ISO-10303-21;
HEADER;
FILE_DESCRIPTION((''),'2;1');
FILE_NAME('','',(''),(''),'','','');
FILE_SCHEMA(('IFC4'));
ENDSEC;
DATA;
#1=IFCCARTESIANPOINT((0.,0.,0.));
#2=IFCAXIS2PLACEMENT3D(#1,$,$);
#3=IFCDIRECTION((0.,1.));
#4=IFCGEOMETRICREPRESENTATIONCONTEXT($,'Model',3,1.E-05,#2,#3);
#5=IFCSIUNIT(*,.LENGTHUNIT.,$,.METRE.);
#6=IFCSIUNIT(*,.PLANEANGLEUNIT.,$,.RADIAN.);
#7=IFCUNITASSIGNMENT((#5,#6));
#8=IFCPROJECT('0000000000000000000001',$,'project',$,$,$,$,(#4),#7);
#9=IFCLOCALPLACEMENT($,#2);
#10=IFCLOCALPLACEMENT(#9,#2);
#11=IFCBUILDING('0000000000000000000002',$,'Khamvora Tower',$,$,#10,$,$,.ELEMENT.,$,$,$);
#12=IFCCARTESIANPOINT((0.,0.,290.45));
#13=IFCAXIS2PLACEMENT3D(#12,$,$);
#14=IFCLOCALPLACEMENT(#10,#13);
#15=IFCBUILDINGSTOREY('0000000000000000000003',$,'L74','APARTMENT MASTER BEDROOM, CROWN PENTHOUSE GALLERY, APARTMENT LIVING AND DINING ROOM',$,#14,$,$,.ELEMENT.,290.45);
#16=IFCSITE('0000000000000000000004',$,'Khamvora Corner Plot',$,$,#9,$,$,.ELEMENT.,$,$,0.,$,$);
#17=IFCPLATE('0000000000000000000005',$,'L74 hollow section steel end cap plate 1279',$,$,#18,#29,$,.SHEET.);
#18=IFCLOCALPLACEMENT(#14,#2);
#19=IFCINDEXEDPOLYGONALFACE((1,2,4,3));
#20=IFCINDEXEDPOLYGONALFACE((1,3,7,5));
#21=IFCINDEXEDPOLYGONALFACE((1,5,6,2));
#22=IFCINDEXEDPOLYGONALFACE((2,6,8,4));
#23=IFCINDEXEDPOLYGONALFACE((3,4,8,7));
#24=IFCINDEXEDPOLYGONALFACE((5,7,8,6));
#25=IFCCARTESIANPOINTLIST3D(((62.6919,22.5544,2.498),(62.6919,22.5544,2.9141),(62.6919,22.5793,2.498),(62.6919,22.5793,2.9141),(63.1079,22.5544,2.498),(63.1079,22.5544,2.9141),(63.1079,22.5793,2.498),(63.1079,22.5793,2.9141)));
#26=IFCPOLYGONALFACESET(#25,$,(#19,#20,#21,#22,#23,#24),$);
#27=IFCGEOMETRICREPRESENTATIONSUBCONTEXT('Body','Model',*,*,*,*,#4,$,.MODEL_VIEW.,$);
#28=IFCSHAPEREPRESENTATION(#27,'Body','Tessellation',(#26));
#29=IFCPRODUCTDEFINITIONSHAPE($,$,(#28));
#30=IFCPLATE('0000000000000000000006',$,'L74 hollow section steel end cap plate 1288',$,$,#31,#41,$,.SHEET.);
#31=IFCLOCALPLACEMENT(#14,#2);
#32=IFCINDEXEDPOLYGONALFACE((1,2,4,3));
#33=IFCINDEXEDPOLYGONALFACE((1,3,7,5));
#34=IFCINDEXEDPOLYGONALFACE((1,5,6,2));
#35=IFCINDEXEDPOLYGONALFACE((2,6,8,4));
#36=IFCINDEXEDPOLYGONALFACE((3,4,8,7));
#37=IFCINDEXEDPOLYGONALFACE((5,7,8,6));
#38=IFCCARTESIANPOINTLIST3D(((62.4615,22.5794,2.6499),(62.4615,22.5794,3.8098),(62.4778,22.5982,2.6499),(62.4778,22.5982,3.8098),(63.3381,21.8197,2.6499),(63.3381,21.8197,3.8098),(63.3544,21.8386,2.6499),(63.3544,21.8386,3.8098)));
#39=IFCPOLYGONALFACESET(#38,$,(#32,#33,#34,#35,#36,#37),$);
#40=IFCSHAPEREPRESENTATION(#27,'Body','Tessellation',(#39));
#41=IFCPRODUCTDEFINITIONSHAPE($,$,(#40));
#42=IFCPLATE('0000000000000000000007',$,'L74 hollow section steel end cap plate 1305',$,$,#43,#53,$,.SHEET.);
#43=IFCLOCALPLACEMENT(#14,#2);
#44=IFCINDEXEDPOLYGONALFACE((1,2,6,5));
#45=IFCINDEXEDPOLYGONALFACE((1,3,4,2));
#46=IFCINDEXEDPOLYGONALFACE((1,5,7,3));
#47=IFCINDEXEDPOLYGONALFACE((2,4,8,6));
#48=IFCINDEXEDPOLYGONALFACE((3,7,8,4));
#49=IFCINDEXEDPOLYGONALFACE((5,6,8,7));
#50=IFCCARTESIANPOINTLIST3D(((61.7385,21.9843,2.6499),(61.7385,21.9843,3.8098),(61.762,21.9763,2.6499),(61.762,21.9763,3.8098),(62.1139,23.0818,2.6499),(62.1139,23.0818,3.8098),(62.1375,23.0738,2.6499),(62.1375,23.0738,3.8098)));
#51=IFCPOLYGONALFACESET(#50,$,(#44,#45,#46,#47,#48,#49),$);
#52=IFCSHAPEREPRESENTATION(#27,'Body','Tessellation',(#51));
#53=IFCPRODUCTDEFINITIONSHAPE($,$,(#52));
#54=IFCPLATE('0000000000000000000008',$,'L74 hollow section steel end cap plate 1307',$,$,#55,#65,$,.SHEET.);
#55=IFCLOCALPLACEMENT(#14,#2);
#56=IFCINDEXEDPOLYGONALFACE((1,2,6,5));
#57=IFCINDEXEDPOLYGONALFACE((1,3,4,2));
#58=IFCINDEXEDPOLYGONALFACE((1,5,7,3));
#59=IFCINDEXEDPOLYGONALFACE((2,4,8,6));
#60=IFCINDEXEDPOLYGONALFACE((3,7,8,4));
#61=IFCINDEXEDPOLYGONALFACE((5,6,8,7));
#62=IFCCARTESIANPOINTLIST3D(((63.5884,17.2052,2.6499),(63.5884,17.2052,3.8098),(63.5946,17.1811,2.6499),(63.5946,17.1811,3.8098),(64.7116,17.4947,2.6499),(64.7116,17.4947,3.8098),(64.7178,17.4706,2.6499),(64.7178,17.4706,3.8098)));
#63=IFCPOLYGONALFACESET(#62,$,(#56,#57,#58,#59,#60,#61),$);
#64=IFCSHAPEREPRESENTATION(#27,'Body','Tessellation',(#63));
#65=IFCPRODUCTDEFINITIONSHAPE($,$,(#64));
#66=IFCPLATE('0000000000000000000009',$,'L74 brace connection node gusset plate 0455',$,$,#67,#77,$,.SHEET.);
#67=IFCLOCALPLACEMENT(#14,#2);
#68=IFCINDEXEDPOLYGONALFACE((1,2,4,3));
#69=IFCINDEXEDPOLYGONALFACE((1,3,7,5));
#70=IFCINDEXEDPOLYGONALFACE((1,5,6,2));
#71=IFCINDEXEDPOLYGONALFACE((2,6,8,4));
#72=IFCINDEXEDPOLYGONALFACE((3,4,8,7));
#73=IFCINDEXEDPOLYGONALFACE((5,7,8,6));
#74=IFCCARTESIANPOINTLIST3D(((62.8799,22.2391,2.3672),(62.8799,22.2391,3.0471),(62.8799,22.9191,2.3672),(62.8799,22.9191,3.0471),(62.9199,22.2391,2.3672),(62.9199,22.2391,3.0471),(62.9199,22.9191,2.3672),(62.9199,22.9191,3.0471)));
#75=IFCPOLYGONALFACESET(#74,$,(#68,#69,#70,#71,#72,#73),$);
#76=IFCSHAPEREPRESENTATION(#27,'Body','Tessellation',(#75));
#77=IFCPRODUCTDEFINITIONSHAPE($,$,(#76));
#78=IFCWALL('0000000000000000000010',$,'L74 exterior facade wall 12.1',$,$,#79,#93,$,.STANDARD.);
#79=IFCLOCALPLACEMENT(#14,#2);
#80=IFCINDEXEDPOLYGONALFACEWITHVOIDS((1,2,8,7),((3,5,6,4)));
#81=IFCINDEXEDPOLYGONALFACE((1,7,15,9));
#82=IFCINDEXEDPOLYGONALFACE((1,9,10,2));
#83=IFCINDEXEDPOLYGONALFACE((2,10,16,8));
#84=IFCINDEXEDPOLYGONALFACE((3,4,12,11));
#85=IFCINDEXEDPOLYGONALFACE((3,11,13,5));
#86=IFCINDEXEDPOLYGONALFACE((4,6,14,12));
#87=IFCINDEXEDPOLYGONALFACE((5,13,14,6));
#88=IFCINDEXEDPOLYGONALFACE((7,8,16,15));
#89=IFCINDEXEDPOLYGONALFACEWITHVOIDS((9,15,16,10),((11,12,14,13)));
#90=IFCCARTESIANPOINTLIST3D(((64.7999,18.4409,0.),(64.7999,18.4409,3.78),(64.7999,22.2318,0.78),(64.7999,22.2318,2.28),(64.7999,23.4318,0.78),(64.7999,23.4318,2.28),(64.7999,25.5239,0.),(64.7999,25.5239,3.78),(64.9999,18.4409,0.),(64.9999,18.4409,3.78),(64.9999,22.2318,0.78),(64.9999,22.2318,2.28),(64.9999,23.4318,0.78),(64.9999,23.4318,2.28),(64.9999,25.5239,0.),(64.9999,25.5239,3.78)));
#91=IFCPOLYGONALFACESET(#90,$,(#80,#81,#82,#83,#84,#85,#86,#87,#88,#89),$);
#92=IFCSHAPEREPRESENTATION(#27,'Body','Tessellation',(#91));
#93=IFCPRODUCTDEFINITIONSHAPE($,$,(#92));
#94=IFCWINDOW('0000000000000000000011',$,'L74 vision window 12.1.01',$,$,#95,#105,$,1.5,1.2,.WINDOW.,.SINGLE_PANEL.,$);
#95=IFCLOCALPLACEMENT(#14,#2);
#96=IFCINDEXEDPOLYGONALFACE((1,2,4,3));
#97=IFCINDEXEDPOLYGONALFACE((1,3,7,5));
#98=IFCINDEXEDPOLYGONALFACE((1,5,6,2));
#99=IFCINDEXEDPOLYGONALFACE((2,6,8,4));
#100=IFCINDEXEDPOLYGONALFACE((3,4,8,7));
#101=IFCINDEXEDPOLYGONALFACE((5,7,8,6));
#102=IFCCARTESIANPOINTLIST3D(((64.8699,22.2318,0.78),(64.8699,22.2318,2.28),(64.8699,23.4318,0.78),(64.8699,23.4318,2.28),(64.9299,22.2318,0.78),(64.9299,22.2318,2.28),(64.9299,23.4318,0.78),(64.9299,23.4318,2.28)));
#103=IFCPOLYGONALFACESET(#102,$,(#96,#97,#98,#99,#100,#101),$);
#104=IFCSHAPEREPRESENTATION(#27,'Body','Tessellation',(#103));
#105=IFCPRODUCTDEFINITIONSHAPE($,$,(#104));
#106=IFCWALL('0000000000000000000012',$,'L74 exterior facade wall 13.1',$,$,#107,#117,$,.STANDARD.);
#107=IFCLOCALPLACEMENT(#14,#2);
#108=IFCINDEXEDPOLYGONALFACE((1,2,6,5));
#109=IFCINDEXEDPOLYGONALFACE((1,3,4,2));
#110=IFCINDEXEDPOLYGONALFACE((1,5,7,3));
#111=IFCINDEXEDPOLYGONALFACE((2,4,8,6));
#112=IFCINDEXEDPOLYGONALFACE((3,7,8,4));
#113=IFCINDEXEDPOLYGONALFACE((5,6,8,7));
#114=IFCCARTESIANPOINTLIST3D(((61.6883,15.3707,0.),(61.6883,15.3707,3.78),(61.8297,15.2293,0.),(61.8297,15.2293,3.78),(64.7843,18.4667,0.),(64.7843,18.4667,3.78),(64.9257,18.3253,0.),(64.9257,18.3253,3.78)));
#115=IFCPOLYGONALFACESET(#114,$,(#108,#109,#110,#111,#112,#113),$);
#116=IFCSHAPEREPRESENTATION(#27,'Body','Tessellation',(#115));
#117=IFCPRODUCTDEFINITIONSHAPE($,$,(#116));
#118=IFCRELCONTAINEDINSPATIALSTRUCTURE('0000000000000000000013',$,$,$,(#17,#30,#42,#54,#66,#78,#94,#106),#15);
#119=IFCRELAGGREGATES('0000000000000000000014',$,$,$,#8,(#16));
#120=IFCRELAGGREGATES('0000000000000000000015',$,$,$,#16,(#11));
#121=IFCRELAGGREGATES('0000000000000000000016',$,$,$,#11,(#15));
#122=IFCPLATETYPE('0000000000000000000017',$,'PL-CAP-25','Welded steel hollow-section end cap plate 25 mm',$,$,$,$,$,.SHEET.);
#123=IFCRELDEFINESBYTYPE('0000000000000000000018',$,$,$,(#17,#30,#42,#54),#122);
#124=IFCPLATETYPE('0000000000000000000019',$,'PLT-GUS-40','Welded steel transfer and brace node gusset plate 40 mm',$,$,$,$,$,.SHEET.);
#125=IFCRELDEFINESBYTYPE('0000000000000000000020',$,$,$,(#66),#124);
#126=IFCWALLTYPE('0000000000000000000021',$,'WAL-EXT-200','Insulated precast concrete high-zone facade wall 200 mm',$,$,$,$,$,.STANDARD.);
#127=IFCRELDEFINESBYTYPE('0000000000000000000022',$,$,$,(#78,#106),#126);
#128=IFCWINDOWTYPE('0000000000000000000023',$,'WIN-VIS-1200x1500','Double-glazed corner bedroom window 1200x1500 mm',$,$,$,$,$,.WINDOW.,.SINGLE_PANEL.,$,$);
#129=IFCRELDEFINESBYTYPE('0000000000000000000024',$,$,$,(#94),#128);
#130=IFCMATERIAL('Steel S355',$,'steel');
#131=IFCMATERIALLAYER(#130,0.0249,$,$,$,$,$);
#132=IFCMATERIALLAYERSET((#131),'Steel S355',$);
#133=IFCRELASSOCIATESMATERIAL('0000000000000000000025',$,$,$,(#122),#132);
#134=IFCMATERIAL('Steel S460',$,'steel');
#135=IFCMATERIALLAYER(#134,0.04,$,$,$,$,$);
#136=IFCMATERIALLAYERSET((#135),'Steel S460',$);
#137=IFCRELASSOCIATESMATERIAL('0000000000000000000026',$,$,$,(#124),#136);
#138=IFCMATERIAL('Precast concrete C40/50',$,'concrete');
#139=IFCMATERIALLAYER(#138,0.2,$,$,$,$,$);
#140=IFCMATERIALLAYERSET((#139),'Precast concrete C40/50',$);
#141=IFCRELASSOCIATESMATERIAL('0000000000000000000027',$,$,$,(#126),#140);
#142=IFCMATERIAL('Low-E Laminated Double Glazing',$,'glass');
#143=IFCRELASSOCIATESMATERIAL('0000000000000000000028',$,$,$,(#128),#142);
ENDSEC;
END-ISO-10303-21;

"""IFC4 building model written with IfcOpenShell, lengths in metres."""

from ifc_helpers import new_model, si_unit, direction, frame, frame_2d, origin, origin_2d, place, context, subcontext, project, spatial, rectangle, extrude, material, layer, layer_set, type_object, element, fill, save


model = new_model("IFC4")

# Units and contexts
model_context = context("Model", 3, precision=1e-05, world=origin(), true_north=direction((0.0, 1.0)))
body_context = subcontext(model_context, "Body", "Model", "MODEL_VIEW")
ifc_project = project(units=[si_unit("LENGTHUNIT", "METRE"), si_unit("PLANEANGLEUNIT", "RADIAN")], contexts=[model_context])

# Site, building, storey
site_placement = place(None, origin())
site = spatial("IfcSite", under=ifc_project, at=site_placement, Name="Khamvora Corner Plot", CompositionType="ELEMENT", RefElevation=0.0)
building_placement = place(site_placement, origin())
building = spatial("IfcBuilding", under=site, at=building_placement, Name="Khamvora Tower", CompositionType="ELEMENT")
storey_placement = place(building_placement, frame((0.0, 0.0, 290.45)))
storey = spatial("IfcBuildingStorey", under=building, at=storey_placement, Name="L74", Description="APARTMENT MASTER BEDROOM, CROWN PENTHOUSE GALLERY, APARTMENT LIVING AND DINING ROOM", CompositionType="ELEMENT", Elevation=290.45)

# Shared definitions
ifc_material_1 = material(Name="Steel S355", Category="steel")

# Shared definitions
ifc_material_2 = material(Name="Steel S460", Category="steel")

# Plates
ifc_layer_1 = layer(ifc_material_1, 0.0249)
ifc_layer_set_1 = layer_set([ifc_layer_1], Name="Steel S355")
plate_type_1 = type_object("IfcPlateType", Name="PL-CAP-25", Description="Welded steel hollow-section end cap plate 25 mm", PredefinedType="SHEET", material=ifc_layer_set_1)
plate_1_placement = place(storey_placement, frame((62.8999, 22.5669, 2.498), z_axis=(0.0, 0.0, 1.0), x_axis=(0.0, 1.0, 0.0)))
element("IfcPlate", 1, at=plate_1_placement, inside=storey, type_object=plate_type_1, Name="L74 hollow section steel end cap plate 1279", PredefinedType="SHEET", context=body_context, shape_type="SweptSolid", body=[
    extrude(rectangle(XDim=0.0249, YDim=0.416, at=origin_2d()), origin(), (0.0, 0.0, 1.0), 0.416),
])
for number, where, z_axis, x_axis, name in (
    (2, (62.908, 22.209, 2.6499), (0.0, 0.0, 1.0), (-0.654925, -0.755693, 0.0), "L74 hollow section steel end cap plate 1288"),
    (3, (61.938, 22.5291, 2.6499), (0.0, 0.0, 1.0), (-0.946164, 0.323686, 0.0), "L74 hollow section steel end cap plate 1305"),
    (4, (64.1531, 17.3379, 2.6499), (0.0, 0.0, 1.0), (0.249569, -0.968357, 0.0), "L74 hollow section steel end cap plate 1307"),
):
    element("IfcPlate", number, at=place(storey_placement, frame(where, z_axis=z_axis, x_axis=x_axis)), inside=storey, type_object=plate_type_1, Name=name, PredefinedType="SHEET", context=body_context, shape_type="SweptSolid", body=[
        extrude(rectangle(XDim=0.0249, YDim=1.1599, at=origin_2d()), origin(), (0.0, 0.0, 1.0), 1.1599),
    ])
ifc_layer_2 = layer(ifc_material_2, 0.04)
ifc_layer_set_2 = layer_set([ifc_layer_2], Name="Steel S460")
plate_type_2 = type_object("IfcPlateType", Name="PLT-GUS-40", Description="Welded steel transfer and brace node gusset plate 40 mm", PredefinedType="SHEET", material=ifc_layer_set_2)
plate_2_placement = place(storey_placement, frame((62.8999, 22.5791, 2.3672), z_axis=(0.0, 0.0, 1.0), x_axis=(0.0, 1.0, 0.0)))
element("IfcPlate", 5, at=plate_2_placement, inside=storey, type_object=plate_type_2, Name="L74 brace connection node gusset plate 0455", PredefinedType="SHEET", context=body_context, shape_type="SweptSolid", body=[
    extrude(rectangle(XDim=0.6799, YDim=0.04, at=origin_2d()), origin(), (0.0, 0.0, 1.0), 0.6799),
])

# Wall, opening, window
ifc_material_3 = material(Name="Precast concrete C40/50", Category="concrete")
ifc_layer_3 = layer(ifc_material_3, 0.2)
ifc_layer_set_3 = layer_set([ifc_layer_3], Name="Precast concrete C40/50")
wall_type_1 = type_object("IfcWallType", Name="WAL-EXT-200", Description="Insulated precast concrete high-zone facade wall 200 mm", PredefinedType="STANDARD", material=ifc_layer_set_3)
wall_1_placement = place(storey_placement, frame((64.8999, 25.5239, 0.0), z_axis=(0.0, 0.0, 1.0), x_axis=(0.0, -1.0, 0.0)))
wall_1 = element("IfcWall", 6, at=wall_1_placement, inside=storey, type_object=wall_type_1, Name="L74 exterior facade wall 12.1", PredefinedType="STANDARD", context=body_context, shape_type="SweptSolid", body=[
    extrude(rectangle(XDim=7.083, YDim=0.2, at=frame_2d((3.5415, 0.0))), origin(), (0.0, 0.0, 1.0), 3.78),
])
opening_1_placement = place(wall_1_placement, frame((2.092, 0.0, 0.78)))
opening_1 = element("IfcOpeningElement", 7, at=opening_1_placement, cuts=wall_1, PredefinedType="OPENING", context=body_context, shape_type="SweptSolid", body=[
    extrude(rectangle(XDim=1.2, YDim=1.5, at=frame_2d((0.6001, 0.75))), frame((0.0, 0.1099, 0.0), z_axis=(0.0, -1.0, 0.0), x_axis=(1.0, 0.0, 0.0)), (0.0, 0.0, 1.0), 0.22),
])
ifc_material_4 = material(Name="Low-E Laminated Double Glazing", Category="glass")
window_type_1 = type_object("IfcWindowType", Name="WIN-VIS-1200x1500", Description="Double-glazed corner bedroom window 1200x1500 mm", PartitioningType="SINGLE_PANEL", PredefinedType="WINDOW", material=ifc_material_4)
window_1_placement = place(opening_1_placement, origin())
window_1 = element("IfcWindow", 8, at=window_1_placement, inside=storey, type_object=window_type_1, Name="L74 vision window 12.1.01", OverallHeight=1.5, OverallWidth=1.2, PartitioningType="SINGLE_PANEL", PredefinedType="WINDOW", context=body_context, shape_type="SweptSolid", body=[
    extrude(rectangle(XDim=1.2, YDim=1.5, at=frame_2d((0.6001, 0.75))), frame((0.0, 0.03, 0.0), z_axis=(0.0, -1.0, 0.0), x_axis=(1.0, 0.0, 0.0)), (0.0, 0.0, 1.0), 0.0601),
])
fill(opening_1, window_1)

# Wall
wall_2_placement = place(storey_placement, frame((64.855, 18.396, 0.0), z_axis=(0.0, 0.0, 1.0), x_axis=(-0.707107, -0.707107, 0.0)))
element("IfcWall", 9, at=wall_2_placement, inside=storey, type_object=wall_type_1, Name="L74 exterior facade wall 13.1", PredefinedType="STANDARD", context=body_context, shape_type="SweptSolid", body=[
    extrude(rectangle(XDim=4.3784, YDim=0.2, at=frame_2d((2.1892, 0.0))), origin(), (0.0, 0.0, 1.0), 3.78),
])

save(model, "model.ifc")
